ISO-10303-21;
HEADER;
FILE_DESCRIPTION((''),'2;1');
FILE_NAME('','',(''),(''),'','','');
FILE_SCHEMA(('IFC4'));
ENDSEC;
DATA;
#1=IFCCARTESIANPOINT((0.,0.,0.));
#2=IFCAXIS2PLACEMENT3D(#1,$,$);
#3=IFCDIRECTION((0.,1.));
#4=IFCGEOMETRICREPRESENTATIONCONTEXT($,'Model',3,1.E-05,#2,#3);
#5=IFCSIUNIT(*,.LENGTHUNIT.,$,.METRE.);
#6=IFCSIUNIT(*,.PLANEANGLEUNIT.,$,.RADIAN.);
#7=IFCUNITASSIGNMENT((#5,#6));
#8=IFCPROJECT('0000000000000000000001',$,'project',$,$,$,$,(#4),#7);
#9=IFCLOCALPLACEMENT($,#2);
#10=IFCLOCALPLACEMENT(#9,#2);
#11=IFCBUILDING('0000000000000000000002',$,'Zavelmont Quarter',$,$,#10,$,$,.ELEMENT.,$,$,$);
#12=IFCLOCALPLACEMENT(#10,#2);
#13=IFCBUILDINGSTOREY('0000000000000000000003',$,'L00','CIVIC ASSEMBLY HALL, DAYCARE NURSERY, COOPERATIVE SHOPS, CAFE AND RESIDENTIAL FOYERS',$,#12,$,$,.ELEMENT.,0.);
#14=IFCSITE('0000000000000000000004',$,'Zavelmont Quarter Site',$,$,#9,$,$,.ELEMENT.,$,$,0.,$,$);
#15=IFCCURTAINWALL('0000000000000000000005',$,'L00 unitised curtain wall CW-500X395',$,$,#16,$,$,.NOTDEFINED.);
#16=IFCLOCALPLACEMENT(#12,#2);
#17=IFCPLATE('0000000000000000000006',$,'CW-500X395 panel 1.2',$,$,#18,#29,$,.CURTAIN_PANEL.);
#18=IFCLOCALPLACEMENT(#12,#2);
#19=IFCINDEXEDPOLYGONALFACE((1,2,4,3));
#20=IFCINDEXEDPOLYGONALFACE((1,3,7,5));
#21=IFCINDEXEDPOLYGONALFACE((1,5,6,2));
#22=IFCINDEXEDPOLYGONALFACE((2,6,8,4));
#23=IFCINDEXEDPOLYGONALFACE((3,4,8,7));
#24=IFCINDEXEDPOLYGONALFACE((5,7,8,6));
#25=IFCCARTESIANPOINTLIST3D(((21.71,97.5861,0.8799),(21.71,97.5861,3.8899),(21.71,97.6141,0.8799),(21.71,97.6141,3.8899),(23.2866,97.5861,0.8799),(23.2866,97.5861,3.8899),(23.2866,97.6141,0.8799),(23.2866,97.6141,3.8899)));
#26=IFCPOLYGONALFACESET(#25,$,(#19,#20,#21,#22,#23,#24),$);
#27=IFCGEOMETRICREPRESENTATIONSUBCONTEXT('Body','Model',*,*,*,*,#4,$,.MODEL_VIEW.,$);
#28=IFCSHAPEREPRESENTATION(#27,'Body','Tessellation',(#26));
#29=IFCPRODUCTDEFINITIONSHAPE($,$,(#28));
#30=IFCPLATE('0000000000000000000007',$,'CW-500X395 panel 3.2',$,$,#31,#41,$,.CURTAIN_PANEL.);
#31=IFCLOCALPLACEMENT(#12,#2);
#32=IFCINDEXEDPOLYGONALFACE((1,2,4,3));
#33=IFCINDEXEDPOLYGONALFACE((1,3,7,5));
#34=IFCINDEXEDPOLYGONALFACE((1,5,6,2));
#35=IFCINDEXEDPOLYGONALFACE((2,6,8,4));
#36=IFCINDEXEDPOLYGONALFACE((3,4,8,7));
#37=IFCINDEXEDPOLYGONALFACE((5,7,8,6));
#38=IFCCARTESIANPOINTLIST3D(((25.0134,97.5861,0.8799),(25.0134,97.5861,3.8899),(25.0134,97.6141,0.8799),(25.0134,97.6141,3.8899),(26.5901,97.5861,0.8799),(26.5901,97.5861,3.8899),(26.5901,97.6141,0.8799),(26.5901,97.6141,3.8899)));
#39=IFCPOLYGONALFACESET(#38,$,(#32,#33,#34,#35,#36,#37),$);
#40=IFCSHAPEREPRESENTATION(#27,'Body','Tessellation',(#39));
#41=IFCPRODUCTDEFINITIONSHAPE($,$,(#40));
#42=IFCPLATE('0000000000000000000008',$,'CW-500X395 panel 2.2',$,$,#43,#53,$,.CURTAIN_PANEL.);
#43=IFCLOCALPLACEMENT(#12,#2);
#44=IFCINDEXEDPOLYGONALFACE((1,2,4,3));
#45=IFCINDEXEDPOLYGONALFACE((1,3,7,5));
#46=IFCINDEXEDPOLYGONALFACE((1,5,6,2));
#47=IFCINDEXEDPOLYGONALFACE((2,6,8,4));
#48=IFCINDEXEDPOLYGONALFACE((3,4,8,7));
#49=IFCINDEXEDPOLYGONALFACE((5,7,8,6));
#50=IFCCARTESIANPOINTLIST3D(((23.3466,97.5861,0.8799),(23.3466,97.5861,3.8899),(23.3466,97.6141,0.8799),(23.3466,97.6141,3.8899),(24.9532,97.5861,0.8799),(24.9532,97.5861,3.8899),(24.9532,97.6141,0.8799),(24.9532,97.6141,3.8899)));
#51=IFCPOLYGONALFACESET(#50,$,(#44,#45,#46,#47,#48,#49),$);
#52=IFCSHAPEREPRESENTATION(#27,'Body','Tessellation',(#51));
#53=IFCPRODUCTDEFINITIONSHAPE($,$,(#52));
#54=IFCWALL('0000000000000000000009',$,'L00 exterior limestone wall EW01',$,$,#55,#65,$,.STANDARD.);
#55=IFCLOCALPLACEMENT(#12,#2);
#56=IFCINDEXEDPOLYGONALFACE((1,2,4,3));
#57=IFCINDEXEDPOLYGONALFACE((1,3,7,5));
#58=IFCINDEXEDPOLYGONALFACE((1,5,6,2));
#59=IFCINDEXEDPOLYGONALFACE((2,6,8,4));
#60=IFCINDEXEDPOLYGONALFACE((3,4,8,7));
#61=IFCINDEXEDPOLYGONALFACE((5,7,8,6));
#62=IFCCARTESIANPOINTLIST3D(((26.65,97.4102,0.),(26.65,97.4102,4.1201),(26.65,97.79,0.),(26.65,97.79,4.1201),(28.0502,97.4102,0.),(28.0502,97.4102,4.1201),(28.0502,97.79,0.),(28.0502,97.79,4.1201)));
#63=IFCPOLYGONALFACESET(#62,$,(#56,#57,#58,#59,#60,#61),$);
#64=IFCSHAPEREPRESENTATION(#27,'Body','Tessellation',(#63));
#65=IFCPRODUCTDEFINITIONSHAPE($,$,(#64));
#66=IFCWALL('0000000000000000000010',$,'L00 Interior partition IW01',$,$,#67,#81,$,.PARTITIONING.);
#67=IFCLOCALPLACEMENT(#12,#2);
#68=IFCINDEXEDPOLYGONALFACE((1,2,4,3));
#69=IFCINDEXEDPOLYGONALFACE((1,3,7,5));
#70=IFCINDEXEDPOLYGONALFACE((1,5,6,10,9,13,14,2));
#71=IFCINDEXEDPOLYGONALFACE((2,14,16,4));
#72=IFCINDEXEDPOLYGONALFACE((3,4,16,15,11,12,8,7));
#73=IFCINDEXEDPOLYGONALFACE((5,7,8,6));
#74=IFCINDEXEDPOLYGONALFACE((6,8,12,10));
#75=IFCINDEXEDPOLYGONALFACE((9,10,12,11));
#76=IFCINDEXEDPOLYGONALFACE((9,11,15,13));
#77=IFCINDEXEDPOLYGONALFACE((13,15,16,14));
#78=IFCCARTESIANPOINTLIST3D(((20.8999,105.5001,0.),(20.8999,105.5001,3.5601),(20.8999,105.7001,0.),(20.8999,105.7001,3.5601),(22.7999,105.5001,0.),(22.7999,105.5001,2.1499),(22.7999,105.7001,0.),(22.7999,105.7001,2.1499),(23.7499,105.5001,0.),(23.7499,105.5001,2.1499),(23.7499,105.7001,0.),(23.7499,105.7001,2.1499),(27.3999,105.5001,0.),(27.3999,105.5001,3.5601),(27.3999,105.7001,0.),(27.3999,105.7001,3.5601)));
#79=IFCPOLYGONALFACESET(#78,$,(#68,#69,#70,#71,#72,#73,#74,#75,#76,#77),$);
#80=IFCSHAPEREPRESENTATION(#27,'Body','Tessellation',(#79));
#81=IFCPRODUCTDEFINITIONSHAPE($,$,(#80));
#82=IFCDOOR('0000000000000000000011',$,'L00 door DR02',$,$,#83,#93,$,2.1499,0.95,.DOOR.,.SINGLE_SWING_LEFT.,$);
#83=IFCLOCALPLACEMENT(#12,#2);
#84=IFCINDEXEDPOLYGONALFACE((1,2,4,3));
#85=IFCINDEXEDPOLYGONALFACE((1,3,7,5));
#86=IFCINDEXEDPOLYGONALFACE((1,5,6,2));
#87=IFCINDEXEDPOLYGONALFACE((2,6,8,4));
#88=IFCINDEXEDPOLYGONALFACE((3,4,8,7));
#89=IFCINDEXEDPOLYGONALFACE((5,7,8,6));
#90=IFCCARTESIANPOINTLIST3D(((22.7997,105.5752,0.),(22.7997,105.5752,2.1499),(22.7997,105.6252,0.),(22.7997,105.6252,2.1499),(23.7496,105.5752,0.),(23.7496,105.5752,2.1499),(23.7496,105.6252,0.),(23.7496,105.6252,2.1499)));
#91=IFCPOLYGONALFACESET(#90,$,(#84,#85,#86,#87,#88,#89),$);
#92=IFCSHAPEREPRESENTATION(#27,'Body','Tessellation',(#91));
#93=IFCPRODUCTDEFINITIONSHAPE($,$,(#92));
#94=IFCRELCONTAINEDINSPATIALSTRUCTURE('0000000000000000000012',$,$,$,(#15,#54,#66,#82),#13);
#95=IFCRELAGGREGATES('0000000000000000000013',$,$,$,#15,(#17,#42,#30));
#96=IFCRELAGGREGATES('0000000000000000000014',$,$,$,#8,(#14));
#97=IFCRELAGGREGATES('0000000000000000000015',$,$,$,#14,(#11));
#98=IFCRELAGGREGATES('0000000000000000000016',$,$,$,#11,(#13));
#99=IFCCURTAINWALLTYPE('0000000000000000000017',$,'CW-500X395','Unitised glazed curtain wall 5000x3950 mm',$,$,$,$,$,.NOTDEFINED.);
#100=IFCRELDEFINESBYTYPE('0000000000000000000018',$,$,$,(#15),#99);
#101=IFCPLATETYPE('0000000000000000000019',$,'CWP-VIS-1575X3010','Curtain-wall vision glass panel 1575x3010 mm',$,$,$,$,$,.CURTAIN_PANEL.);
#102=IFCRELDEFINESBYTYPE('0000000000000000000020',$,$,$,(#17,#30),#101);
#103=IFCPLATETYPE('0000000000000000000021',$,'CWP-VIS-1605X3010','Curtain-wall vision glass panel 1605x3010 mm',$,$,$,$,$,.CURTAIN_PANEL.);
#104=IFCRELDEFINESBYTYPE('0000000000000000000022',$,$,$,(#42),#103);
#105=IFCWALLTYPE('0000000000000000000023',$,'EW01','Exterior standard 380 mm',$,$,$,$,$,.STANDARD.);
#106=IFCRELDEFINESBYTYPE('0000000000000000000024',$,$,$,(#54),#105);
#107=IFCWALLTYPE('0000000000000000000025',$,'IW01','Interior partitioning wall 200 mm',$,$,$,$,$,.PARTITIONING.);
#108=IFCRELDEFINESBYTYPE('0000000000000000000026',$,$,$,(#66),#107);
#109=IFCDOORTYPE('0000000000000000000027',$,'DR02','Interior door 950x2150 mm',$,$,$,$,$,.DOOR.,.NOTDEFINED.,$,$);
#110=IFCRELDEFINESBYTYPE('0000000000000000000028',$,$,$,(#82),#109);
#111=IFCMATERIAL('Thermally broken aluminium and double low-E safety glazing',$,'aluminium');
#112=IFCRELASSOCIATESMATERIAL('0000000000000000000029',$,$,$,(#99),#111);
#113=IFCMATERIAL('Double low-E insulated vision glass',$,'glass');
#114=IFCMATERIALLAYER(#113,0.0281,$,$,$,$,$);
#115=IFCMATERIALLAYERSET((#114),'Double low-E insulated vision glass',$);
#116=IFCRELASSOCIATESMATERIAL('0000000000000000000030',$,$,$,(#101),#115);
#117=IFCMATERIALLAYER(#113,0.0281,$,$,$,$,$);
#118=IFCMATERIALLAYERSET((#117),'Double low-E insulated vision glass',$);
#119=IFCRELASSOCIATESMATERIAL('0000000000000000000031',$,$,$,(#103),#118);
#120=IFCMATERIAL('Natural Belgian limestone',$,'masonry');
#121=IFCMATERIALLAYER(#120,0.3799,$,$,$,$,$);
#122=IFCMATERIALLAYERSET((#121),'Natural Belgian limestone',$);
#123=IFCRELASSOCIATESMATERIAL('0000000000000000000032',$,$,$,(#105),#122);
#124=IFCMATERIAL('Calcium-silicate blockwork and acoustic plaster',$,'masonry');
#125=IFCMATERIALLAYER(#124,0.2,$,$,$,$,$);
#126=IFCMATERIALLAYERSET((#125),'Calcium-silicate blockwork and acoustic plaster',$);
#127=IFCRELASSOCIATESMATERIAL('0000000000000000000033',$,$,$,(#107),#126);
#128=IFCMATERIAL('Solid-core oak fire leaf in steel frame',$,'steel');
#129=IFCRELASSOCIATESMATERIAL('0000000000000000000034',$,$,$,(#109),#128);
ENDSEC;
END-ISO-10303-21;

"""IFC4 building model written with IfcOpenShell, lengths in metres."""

from ifc_helpers import new_model, si_unit, direction, frame, frame_2d, origin, origin_2d, place, context, subcontext, project, spatial, rectangle, extrude, material, layer, layer_set, type_object, element, fill, aggregate, save


model = new_model("IFC4")

# Units and contexts
model_context = context("Model", 3, precision=1e-05, world=origin(), true_north=direction((0.0, 1.0)))
body_context = subcontext(model_context, "Body", "Model", "MODEL_VIEW")
ifc_project = project(units=[si_unit("LENGTHUNIT", "METRE"), si_unit("PLANEANGLEUNIT", "RADIAN")], contexts=[model_context])

# Site, building, storey
site_placement = place(None, origin())
site = spatial("IfcSite", under=ifc_project, at=site_placement, Name="Zavelmont Quarter Site", CompositionType="ELEMENT", RefElevation=0.0)
building_placement = place(site_placement, origin())
building = spatial("IfcBuilding", under=site, at=building_placement, Name="Zavelmont Quarter", CompositionType="ELEMENT")
storey_placement = place(building_placement, origin())
storey = spatial("IfcBuildingStorey", under=building, at=storey_placement, Name="L00", Description="CIVIC ASSEMBLY HALL, DAYCARE NURSERY, COOPERATIVE SHOPS, CAFE AND RESIDENTIAL FOYERS", CompositionType="ELEMENT", Elevation=0.0)

# Curtain wall, plates
ifc_material_1 = material(Name="Thermally broken aluminium and double low-E safety glazing", Category="aluminium")
curtain_wall_type = type_object("IfcCurtainWallType", Name="CW-500X395", Description="Unitised glazed curtain wall 5000x3950 mm", PredefinedType="NOTDEFINED", material=ifc_material_1)
curtain_wall_placement = place(storey_placement, origin())
curtain_wall = element("IfcCurtainWall", 1, at=curtain_wall_placement, inside=storey, type_object=curtain_wall_type, Name="L00 unitised curtain wall CW-500X395", PredefinedType="NOTDEFINED")
ifc_material_2 = material(Name="Double low-E insulated vision glass", Category="glass")
ifc_layer_1 = layer(ifc_material_2, 0.0281)
ifc_layer_set_1 = layer_set([ifc_layer_1], Name="Double low-E insulated vision glass")
plate_type_1 = type_object("IfcPlateType", Name="CWP-VIS-1575X3010", Description="Curtain-wall vision glass panel 1575x3010 mm", PredefinedType="CURTAIN_PANEL", material=ifc_layer_set_1)
plate_1_placement = place(storey_placement, frame((22.4983, 97.6001, 0.8799), z_axis=(0.0, 0.0, 1.0), x_axis=(1.0, 0.0, 0.0)))
plate_1 = element("IfcPlate", 2, at=plate_1_placement, type_object=plate_type_1, Name="CW-500X395 panel 1.2", PredefinedType="CURTAIN_PANEL", context=body_context, shape_type="SweptSolid", body=[
    extrude(rectangle(XDim=1.5767, YDim=0.0281, at=origin_2d()), origin(), (0.0, 0.0, 1.0), 3.01),
])
plate_2_placement = place(storey_placement, frame((25.8018, 97.6001, 0.8799), z_axis=(0.0, 0.0, 1.0), x_axis=(1.0, 0.0, 0.0)))
plate_2 = element("IfcPlate", 3, at=plate_2_placement, type_object=plate_type_1, Name="CW-500X395 panel 3.2", PredefinedType="CURTAIN_PANEL", context=body_context, shape_type="SweptSolid", body=[
    extrude(rectangle(XDim=1.5767, YDim=0.0281, at=origin_2d()), origin(), (0.0, 0.0, 1.0), 3.01),
])
ifc_layer_2 = layer(ifc_material_2, 0.0281)
ifc_layer_set_2 = layer_set([ifc_layer_2], Name="Double low-E insulated vision glass")
plate_type_2 = type_object("IfcPlateType", Name="CWP-VIS-1605X3010", Description="Curtain-wall vision glass panel 1605x3010 mm", PredefinedType="CURTAIN_PANEL", material=ifc_layer_set_2)
plate_3_placement = place(storey_placement, frame((24.1499, 97.6001, 0.8799), z_axis=(0.0, 0.0, 1.0), x_axis=(1.0, 0.0, 0.0)))
plate_3 = element("IfcPlate", 4, at=plate_3_placement, type_object=plate_type_2, Name="CW-500X395 panel 2.2", PredefinedType="CURTAIN_PANEL", context=body_context, shape_type="SweptSolid", body=[
    extrude(rectangle(XDim=1.6067, YDim=0.0281, at=origin_2d()), origin(), (0.0, 0.0, 1.0), 3.01),
])
aggregate(curtain_wall, [plate_1, plate_3, plate_2])

# Wall
ifc_material_3 = material(Name="Natural Belgian limestone", Category="masonry")
ifc_layer_3 = layer(ifc_material_3, 0.3799)
ifc_layer_set_3 = layer_set([ifc_layer_3], Name="Natural Belgian limestone")
wall_type_1 = type_object("IfcWallType", Name="EW01", Description="Exterior standard 380 mm", PredefinedType="STANDARD", material=ifc_layer_set_3)
wall_1_placement = place(storey_placement, frame((26.6499, 97.6001, 0.0), z_axis=(0.0, 0.0, 1.0), x_axis=(1.0, 0.0, 0.0)))
element("IfcWall", 5, at=wall_1_placement, inside=storey, type_object=wall_type_1, Name="L00 exterior limestone wall EW01", PredefinedType="STANDARD", context=body_context, shape_type="SweptSolid", body=[
    extrude(rectangle(XDim=1.4001, YDim=0.3799, at=frame_2d((0.7002, 0.0))), origin(), (0.0, 0.0, 1.0), 4.1201),
])

# Wall, opening, door
ifc_material_4 = material(Name="Calcium-silicate blockwork and acoustic plaster", Category="masonry")
ifc_layer_4 = layer(ifc_material_4, 0.2)
ifc_layer_set_4 = layer_set([ifc_layer_4], Name="Calcium-silicate blockwork and acoustic plaster")
wall_type_2 = type_object("IfcWallType", Name="IW01", Description="Interior partitioning wall 200 mm", PredefinedType="PARTITIONING", material=ifc_layer_set_4)
wall_2_placement = place(storey_placement, frame((20.8999, 105.6001, 0.0), z_axis=(0.0, 0.0, 1.0), x_axis=(1.0, 0.0, 0.0)))
wall_2 = element("IfcWall", 6, at=wall_2_placement, inside=storey, type_object=wall_type_2, Name="L00 Interior partition IW01", PredefinedType="PARTITIONING", context=body_context, shape_type="SweptSolid", body=[
    extrude(rectangle(XDim=6.5, YDim=0.2, at=frame_2d((3.25, 0.0))), origin(), (0.0, 0.0, 1.0), 3.5601),
])
opening_placement = place(wall_2_placement, frame((1.8999, 0.0, 0.0)))
opening = element("IfcOpeningElement", 7, at=opening_placement, cuts=wall_2, PredefinedType="OPENING", context=body_context, shape_type="SweptSolid", body=[
    extrude(rectangle(XDim=0.95, YDim=2.1499, at=frame_2d((0.4751, 1.075))), frame((0.0, 0.1118, 0.0), z_axis=(0.0, -1.0, 0.0), x_axis=(1.0, 0.0, 0.0)), (0.0, 0.0, 1.0), 0.2239),
])
ifc_material_5 = material(Name="Solid-core oak fire leaf in steel frame", Category="steel")
door_type = type_object("IfcDoorType", Name="DR02", Description="Interior door 950x2150 mm", OperationType="NOTDEFINED", PredefinedType="DOOR", material=ifc_material_5)
door_placement = place(opening_placement, frame((0.95, 0.0, 0.0), z_axis=(0.0, 0.0, 1.0), x_axis=(-1.0, 0.0, 0.0)))
door = element("IfcDoor", 8, at=door_placement, inside=storey, type_object=door_type, Name="L00 door DR02", OperationType="SINGLE_SWING_LEFT", OverallHeight=2.1499, OverallWidth=0.95, PredefinedType="DOOR", context=body_context, shape_type="SweptSolid", body=[
    extrude(rectangle(XDim=0.95, YDim=2.1499, at=frame_2d((0.4751, 1.075))), frame((0.0, 0.0249, 0.0), z_axis=(0.0, -1.0, 0.0), x_axis=(1.0, 0.0, 0.0)), (0.0, 0.0, 1.0), 0.05),
])
fill(opening, door)

save(model, "model.ifc")
